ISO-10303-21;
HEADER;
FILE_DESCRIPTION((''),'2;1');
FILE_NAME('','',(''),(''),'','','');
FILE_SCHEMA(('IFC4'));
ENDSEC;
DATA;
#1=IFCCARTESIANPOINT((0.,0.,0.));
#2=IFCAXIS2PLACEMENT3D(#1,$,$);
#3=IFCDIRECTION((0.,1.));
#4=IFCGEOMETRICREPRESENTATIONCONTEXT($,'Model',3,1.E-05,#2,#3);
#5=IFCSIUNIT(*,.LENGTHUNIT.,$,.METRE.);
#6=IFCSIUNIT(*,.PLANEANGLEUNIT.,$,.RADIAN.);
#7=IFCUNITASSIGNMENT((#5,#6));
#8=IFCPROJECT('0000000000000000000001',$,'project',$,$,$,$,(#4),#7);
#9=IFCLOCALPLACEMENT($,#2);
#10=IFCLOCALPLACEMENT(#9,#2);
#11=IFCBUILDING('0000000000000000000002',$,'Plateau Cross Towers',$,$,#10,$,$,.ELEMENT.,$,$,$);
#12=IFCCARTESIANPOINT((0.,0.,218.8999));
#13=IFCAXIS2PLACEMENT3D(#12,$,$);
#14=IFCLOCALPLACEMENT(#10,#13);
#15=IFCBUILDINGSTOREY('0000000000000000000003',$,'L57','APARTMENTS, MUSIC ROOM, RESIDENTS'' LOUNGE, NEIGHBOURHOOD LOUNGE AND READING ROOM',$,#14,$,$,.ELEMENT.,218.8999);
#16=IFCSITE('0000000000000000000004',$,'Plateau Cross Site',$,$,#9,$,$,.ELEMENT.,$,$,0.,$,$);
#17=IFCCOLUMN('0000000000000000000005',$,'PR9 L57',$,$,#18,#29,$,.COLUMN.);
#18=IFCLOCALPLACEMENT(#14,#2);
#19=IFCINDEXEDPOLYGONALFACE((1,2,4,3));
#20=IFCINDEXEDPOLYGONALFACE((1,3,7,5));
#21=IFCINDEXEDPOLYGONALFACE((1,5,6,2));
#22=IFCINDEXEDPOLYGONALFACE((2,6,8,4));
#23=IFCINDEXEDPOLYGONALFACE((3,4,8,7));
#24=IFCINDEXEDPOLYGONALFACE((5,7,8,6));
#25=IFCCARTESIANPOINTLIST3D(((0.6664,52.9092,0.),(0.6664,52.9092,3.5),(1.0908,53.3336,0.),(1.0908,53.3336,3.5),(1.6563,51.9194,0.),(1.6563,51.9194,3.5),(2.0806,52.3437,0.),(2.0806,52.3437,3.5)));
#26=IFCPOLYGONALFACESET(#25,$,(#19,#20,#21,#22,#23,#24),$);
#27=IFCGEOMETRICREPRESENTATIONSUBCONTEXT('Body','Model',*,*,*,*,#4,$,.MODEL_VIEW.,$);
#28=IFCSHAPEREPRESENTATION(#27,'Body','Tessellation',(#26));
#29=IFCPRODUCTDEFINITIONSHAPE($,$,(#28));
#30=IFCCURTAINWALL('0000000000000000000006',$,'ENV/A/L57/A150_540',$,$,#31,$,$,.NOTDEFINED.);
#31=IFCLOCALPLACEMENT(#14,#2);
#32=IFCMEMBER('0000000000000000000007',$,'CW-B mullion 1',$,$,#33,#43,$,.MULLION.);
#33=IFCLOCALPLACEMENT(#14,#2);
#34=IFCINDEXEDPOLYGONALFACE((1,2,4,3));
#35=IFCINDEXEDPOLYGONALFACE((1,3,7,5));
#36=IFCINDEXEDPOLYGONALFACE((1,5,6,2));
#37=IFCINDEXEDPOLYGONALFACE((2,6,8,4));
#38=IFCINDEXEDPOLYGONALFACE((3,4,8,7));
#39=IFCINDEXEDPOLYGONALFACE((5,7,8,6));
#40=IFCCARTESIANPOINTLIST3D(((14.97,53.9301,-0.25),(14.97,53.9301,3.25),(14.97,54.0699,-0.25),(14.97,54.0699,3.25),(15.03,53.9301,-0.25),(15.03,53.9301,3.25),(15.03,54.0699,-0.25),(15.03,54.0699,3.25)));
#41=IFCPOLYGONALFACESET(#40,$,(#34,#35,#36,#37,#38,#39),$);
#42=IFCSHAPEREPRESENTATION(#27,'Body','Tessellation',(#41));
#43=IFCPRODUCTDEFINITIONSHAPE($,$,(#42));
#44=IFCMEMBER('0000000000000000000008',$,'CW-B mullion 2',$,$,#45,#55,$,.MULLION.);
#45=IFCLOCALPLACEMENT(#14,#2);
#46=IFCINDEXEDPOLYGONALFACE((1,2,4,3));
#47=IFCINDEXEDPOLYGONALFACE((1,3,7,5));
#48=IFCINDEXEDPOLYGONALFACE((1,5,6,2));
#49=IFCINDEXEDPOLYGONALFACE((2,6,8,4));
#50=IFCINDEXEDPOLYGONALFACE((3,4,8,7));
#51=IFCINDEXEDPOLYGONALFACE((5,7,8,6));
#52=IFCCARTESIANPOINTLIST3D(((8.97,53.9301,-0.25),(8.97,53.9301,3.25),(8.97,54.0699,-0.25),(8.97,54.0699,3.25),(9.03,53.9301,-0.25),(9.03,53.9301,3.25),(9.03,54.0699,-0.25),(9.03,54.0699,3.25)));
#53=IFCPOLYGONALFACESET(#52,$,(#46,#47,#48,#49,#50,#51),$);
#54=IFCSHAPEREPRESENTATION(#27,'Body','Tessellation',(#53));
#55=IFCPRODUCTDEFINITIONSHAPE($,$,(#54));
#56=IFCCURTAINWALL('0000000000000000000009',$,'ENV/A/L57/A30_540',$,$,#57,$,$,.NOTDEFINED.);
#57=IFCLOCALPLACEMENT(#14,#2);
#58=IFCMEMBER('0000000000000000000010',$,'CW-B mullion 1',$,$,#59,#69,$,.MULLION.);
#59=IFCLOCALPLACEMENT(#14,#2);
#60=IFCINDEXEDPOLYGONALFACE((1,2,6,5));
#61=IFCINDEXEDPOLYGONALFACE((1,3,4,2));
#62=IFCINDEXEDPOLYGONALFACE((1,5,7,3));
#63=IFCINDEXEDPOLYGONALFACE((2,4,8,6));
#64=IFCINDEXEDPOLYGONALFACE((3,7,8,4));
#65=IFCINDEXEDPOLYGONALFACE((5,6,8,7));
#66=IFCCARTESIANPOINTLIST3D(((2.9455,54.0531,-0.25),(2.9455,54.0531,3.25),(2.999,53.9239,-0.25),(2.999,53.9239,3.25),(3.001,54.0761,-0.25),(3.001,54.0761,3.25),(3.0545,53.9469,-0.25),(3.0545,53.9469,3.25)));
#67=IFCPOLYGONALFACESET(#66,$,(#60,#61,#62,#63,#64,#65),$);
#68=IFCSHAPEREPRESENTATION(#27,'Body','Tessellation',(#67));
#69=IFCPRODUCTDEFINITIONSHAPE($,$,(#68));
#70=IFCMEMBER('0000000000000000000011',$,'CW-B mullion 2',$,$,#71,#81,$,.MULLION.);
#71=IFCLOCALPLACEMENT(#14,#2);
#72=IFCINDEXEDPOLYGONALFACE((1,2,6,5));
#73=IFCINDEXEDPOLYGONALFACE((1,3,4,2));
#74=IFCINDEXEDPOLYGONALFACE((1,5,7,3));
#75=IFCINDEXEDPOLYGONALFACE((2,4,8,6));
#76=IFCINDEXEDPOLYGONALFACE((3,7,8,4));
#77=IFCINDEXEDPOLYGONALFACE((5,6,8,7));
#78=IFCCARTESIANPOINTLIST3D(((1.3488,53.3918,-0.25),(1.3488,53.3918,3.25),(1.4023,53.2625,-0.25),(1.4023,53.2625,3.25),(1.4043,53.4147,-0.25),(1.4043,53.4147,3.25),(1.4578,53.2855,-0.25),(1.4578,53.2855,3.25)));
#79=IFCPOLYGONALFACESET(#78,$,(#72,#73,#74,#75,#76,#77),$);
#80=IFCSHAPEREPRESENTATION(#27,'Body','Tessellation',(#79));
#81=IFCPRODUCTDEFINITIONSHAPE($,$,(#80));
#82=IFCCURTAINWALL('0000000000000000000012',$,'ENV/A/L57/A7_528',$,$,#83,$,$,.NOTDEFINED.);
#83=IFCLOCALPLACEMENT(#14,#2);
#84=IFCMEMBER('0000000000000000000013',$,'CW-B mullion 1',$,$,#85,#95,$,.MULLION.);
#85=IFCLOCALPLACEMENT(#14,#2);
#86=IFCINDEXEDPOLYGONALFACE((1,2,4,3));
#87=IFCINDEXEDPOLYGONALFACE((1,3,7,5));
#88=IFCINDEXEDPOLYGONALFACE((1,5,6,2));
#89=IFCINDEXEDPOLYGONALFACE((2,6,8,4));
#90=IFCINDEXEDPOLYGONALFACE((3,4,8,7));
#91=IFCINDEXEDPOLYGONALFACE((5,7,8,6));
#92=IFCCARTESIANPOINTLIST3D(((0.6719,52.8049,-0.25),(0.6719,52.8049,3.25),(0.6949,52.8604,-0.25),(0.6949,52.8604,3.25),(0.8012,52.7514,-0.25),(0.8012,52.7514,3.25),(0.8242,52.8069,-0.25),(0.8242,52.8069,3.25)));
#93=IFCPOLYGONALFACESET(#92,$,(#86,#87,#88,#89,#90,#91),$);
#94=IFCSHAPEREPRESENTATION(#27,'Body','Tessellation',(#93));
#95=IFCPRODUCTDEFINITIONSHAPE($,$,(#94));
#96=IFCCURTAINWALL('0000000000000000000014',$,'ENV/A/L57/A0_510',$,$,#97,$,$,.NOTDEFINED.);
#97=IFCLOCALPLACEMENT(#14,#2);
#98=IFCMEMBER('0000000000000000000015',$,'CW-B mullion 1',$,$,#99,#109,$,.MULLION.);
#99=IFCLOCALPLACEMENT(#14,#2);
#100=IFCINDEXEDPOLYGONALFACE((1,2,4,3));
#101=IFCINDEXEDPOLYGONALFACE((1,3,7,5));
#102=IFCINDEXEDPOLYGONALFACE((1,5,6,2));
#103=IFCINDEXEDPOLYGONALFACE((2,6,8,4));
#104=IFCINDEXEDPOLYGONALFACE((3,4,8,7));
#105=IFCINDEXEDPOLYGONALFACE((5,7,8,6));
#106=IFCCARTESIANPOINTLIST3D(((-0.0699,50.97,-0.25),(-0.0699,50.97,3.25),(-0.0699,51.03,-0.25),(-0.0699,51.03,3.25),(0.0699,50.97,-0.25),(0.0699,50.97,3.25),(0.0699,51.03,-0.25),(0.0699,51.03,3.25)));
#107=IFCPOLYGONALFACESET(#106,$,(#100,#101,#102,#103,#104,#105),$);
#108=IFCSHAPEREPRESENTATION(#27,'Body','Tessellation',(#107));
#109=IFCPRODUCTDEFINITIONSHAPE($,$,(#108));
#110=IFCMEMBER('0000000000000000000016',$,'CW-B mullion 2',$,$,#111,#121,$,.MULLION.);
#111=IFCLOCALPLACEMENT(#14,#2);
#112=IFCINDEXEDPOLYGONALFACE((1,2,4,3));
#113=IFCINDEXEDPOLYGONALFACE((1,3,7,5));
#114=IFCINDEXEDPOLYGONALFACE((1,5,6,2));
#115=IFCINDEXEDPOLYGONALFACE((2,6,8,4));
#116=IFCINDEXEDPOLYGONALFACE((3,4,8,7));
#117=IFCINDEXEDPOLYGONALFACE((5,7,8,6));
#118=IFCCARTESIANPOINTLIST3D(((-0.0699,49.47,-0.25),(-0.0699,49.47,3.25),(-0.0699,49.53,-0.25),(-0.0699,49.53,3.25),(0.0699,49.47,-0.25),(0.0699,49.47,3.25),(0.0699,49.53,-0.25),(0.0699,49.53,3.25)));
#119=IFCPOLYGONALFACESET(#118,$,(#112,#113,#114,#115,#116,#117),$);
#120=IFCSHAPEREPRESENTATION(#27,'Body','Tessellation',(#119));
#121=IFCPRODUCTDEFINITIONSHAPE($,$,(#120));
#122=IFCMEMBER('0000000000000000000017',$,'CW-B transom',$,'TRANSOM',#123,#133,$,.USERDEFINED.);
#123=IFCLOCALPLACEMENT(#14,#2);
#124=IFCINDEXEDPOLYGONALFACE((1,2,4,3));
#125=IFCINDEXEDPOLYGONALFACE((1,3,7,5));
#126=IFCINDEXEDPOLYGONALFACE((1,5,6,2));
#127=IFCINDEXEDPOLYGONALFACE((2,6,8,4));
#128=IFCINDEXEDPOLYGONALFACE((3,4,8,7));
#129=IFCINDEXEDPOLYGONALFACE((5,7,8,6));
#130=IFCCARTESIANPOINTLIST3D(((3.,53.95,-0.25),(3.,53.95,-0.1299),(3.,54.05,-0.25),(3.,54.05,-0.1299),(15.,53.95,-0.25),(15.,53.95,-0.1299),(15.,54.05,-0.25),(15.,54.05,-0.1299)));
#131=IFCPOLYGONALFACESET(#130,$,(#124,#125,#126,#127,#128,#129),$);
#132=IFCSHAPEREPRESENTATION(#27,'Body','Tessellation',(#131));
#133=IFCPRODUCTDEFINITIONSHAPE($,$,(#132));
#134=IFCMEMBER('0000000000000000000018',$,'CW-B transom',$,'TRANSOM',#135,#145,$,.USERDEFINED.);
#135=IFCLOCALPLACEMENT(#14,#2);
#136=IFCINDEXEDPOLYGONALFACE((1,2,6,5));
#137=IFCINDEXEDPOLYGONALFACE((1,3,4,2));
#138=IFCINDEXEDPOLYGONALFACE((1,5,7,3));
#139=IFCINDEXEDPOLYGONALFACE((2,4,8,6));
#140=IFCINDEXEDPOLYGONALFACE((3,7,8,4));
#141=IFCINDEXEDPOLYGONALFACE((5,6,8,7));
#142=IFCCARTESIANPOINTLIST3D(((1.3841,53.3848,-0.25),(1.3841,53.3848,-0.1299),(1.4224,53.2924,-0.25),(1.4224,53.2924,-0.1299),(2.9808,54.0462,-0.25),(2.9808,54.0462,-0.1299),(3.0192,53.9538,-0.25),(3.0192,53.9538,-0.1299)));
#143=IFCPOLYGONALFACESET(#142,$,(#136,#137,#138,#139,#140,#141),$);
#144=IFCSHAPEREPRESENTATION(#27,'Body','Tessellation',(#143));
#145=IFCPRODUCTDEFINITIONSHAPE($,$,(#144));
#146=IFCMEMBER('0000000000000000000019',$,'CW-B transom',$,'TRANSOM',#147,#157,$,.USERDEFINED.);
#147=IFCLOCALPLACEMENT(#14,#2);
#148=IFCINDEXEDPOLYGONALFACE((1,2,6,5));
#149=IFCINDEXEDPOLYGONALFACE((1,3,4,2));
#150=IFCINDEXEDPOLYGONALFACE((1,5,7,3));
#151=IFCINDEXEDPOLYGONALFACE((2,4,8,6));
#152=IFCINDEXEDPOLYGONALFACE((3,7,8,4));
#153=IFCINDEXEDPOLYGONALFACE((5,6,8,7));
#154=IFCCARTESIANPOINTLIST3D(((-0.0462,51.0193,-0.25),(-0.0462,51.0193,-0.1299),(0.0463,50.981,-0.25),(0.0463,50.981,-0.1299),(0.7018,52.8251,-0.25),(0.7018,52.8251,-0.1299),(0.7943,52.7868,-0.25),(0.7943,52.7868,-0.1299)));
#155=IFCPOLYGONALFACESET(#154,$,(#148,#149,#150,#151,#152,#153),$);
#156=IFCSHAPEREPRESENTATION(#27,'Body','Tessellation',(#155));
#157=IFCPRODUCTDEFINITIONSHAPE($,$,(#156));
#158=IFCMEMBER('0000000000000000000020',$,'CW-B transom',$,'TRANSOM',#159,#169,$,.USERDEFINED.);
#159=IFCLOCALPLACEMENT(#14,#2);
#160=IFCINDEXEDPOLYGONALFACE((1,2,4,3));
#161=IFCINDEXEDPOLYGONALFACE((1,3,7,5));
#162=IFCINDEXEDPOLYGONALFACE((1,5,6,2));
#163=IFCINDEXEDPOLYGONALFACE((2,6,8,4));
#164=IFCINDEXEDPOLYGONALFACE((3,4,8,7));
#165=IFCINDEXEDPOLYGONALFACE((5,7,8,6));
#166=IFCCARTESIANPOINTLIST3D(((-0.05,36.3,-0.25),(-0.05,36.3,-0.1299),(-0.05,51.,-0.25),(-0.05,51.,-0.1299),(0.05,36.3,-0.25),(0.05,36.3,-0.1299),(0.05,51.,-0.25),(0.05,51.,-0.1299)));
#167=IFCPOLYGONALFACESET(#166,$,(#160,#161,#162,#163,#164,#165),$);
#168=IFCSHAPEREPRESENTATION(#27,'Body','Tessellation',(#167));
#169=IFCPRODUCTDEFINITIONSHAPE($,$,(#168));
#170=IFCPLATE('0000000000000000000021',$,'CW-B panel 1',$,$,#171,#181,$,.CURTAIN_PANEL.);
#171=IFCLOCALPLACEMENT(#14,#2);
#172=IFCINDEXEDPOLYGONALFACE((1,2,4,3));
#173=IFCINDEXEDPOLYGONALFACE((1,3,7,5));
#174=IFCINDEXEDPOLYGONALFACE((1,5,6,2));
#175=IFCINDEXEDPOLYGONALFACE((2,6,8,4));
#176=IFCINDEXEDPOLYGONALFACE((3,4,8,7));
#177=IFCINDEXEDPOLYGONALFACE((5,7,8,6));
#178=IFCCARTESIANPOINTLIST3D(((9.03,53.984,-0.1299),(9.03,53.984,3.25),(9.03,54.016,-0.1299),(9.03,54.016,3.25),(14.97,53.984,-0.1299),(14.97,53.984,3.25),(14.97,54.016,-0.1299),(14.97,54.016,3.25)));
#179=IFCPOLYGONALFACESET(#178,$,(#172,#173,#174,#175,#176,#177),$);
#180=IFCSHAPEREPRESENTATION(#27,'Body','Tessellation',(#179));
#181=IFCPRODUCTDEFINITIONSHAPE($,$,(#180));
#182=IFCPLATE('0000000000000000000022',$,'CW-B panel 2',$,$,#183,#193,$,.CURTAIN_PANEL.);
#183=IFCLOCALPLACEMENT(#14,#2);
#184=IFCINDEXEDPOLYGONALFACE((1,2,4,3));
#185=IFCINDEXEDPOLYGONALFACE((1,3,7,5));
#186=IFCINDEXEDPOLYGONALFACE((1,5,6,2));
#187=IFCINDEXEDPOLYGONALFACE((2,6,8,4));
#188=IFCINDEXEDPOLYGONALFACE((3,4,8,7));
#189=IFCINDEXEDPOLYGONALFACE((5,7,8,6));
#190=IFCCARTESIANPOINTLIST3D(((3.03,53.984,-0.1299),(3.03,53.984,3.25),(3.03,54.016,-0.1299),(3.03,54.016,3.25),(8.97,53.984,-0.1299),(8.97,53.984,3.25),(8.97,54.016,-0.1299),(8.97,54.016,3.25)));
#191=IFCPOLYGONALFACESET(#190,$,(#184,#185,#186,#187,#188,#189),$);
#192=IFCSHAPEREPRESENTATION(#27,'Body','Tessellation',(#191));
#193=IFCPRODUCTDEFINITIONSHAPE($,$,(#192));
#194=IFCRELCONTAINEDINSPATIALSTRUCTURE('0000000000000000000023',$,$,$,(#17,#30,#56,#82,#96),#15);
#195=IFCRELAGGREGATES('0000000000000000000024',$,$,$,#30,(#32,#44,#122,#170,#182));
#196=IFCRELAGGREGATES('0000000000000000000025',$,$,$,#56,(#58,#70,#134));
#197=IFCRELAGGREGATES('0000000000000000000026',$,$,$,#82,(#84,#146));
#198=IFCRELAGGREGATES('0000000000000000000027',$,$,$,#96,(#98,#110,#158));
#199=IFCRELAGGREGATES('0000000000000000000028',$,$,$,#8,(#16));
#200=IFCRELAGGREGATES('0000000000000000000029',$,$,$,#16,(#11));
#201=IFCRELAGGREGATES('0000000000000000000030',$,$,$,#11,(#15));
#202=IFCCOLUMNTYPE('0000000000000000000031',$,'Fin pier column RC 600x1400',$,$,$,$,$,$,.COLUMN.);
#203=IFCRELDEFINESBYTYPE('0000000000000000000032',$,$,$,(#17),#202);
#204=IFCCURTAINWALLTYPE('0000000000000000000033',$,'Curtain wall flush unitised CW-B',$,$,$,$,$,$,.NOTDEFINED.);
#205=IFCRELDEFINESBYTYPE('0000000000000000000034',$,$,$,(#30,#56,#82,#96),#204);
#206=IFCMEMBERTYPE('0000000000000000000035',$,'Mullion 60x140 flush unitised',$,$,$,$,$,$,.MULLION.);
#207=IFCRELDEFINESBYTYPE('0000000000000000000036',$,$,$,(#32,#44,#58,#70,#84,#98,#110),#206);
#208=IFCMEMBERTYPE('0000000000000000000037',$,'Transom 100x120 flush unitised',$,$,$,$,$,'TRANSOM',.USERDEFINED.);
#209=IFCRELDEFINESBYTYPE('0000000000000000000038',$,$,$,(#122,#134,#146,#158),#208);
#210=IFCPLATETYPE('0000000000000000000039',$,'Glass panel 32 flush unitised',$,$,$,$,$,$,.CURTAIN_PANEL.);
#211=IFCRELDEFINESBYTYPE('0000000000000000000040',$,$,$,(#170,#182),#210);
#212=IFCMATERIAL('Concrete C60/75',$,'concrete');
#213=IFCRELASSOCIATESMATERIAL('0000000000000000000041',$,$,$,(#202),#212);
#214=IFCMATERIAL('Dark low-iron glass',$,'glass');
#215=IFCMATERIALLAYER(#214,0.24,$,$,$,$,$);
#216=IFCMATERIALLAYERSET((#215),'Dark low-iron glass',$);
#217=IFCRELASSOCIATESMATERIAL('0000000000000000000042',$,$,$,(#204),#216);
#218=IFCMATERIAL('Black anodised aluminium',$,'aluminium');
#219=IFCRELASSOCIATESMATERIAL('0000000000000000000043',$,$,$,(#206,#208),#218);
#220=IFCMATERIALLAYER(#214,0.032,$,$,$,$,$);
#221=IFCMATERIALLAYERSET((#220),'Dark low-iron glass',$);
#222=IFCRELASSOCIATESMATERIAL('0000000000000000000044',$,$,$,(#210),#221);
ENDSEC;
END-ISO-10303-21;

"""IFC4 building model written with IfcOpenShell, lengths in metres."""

from ifc_helpers import new_model, si_unit, direction, frame, origin, origin_2d, place, context, subcontext, project, spatial, rectangle, extrude, material, layer, layer_set, material_profile, profile_set, type_object, element, aggregate, save


model = new_model("IFC4")

# Units and contexts
model_context = context("Model", 3, precision=1e-05, world=origin(), true_north=direction((0.0, 1.0)))
body_context = subcontext(model_context, "Body", "Model", "MODEL_VIEW")
ifc_project = project(units=[si_unit("LENGTHUNIT", "METRE"), si_unit("PLANEANGLEUNIT", "RADIAN")], contexts=[model_context])

# Site, building, storey
site_placement = place(None, origin())
site = spatial("IfcSite", under=ifc_project, at=site_placement, Name="Plateau Cross Site", CompositionType="ELEMENT", RefElevation=0.0)
building_placement = place(site_placement, origin())
building = spatial("IfcBuilding", under=site, at=building_placement, Name="Plateau Cross Towers", CompositionType="ELEMENT")
storey_placement = place(building_placement, frame((0.0, 0.0, 218.8999)))
storey = spatial("IfcBuildingStorey", under=building, at=storey_placement, Name="L57", Description="APARTMENTS, MUSIC ROOM, RESIDENTS' LOUNGE, NEIGHBOURHOOD LOUNGE AND READING ROOM", CompositionType="ELEMENT", Elevation=218.8999)

# Column
ifc_material_1 = material(Name="Concrete C60/75", Category="concrete")
ifc_material_profile_1 = material_profile(ifc_material_1, rectangle(XDim=0.6001, YDim=1.3999, at=origin_2d()), Name="RC 600x1400")
ifc_profile_set_1 = profile_set([ifc_material_profile_1], Name="Concrete C60/75")
column_type = type_object("IfcColumnType", Name="Fin pier column RC 600x1400", PredefinedType="COLUMN", material=ifc_profile_set_1)
column_placement = place(storey_placement, frame((1.3735, 52.6265, 0.0), z_axis=(0.0, 0.0, 1.0), x_axis=(0.707107, 0.707107, 0.0)))
element("IfcColumn", 1, at=column_placement, inside=storey, type_object=column_type, Name="PR9 L57", PredefinedType="COLUMN", context=body_context, shape_type="SweptSolid", body=[
    extrude(rectangle(XDim=0.6001, YDim=1.3999, at=origin_2d()), origin(), (0.0, 0.0, 1.0), 3.5),
])

# Curtain walls, members
ifc_material_2 = material(Name="Dark low-iron glass", Category="glass")
ifc_layer_1 = layer(ifc_material_2, 0.24)
ifc_layer_set_1 = layer_set([ifc_layer_1], Name="Dark low-iron glass")
curtain_wall_type = type_object("IfcCurtainWallType", Name="Curtain wall flush unitised CW-B", PredefinedType="NOTDEFINED", material=ifc_layer_set_1)
curtain_wall_1_placement = place(storey_placement, origin())
curtain_wall_1 = element("IfcCurtainWall", 2, at=curtain_wall_1_placement, inside=storey, type_object=curtain_wall_type, Name="ENV/A/L57/A150_540", PredefinedType="NOTDEFINED")
ifc_material_3 = material(Name="Black anodised aluminium", Category="aluminium")
ifc_material_profile_2 = material_profile(ifc_material_3, rectangle(XDim=0.0601, YDim=0.1399, at=origin_2d()), Name="MULLION 60x140")
ifc_profile_set_2 = profile_set([ifc_material_profile_2], Name="Black anodised aluminium")
member_type_1 = type_object("IfcMemberType", Name="Mullion 60x140 flush unitised", PredefinedType="MULLION", material=ifc_profile_set_2)
member_1_placement = place(storey_placement, frame((15.0, 54.0, -0.25), z_axis=(0.0, 0.0, 1.0), x_axis=(-1.0, 0.0, 0.0)))
member_1 = element("IfcMember", 3, at=member_1_placement, type_object=member_type_1, Name="CW-B mullion 1", PredefinedType="MULLION", context=body_context, shape_type="SweptSolid", body=[
    extrude(rectangle(XDim=0.0601, YDim=0.1399, at=origin_2d()), origin(), (0.0, 0.0, 1.0), 3.5),
])
member_2_placement = place(storey_placement, frame((9.0, 54.0, -0.25), z_axis=(0.0, 0.0, 1.0), x_axis=(-1.0, 0.0, 0.0)))
member_2 = element("IfcMember", 4, at=member_2_placement, type_object=member_type_1, Name="CW-B mullion 2", PredefinedType="MULLION", context=body_context, shape_type="SweptSolid", body=[
    extrude(rectangle(XDim=0.0601, YDim=0.1399, at=origin_2d()), origin(), (0.0, 0.0, 1.0), 3.5),
])
curtain_wall_2_placement = place(storey_placement, origin())
curtain_wall_2 = element("IfcCurtainWall", 5, at=curtain_wall_2_placement, inside=storey, type_object=curtain_wall_type, Name="ENV/A/L57/A30_540", PredefinedType="NOTDEFINED")
member_3_placement = place(storey_placement, frame((3.0, 54.0, -0.25), z_axis=(0.0, 0.0, 1.0), x_axis=(-0.923879, -0.382684, 0.0)))
member_3 = element("IfcMember", 6, at=member_3_placement, type_object=member_type_1, Name="CW-B mullion 1", PredefinedType="MULLION", context=body_context, shape_type="SweptSolid", body=[
    extrude(rectangle(XDim=0.0601, YDim=0.1399, at=origin_2d()), origin(), (0.0, 0.0, 1.0), 3.5),
])
member_4_placement = place(storey_placement, frame((1.4033, 53.3386, -0.25), z_axis=(0.0, 0.0, 1.0), x_axis=(-0.923879, -0.382684, 0.0)))
member_4 = element("IfcMember", 7, at=member_4_placement, type_object=member_type_1, Name="CW-B mullion 2", PredefinedType="MULLION", context=body_context, shape_type="SweptSolid", body=[
    extrude(rectangle(XDim=0.0601, YDim=0.1399, at=origin_2d()), origin(), (0.0, 0.0, 1.0), 3.5),
])

# Curtain wall, member
curtain_wall_3_placement = place(storey_placement, origin())
curtain_wall_3 = element("IfcCurtainWall", 8, at=curtain_wall_3_placement, inside=storey, type_object=curtain_wall_type, Name="ENV/A/L57/A7_528", PredefinedType="NOTDEFINED")
member_5_placement = place(storey_placement, frame((0.748, 52.8059, -0.25), z_axis=(0.0, 0.0, 1.0), x_axis=(-0.382684, -0.923879, 0.0)))
member_5 = element("IfcMember", 9, at=member_5_placement, type_object=member_type_1, Name="CW-B mullion 1", PredefinedType="MULLION", context=body_context, shape_type="SweptSolid", body=[
    extrude(rectangle(XDim=0.0601, YDim=0.1399, at=origin_2d()), origin(), (0.0, 0.0, 1.0), 3.5),
])

# Curtain wall, members
curtain_wall_4_placement = place(storey_placement, origin())
curtain_wall_4 = element("IfcCurtainWall", 10, at=curtain_wall_4_placement, inside=storey, type_object=curtain_wall_type, Name="ENV/A/L57/A0_510", PredefinedType="NOTDEFINED")
member_6_placement = place(storey_placement, frame((0.0, 51.0, -0.25), z_axis=(0.0, 0.0, 1.0), x_axis=(0.0, -1.0, 0.0)))
member_6 = element("IfcMember", 11, at=member_6_placement, type_object=member_type_1, Name="CW-B mullion 1", PredefinedType="MULLION", context=body_context, shape_type="SweptSolid", body=[
    extrude(rectangle(XDim=0.0601, YDim=0.1399, at=origin_2d()), origin(), (0.0, 0.0, 1.0), 3.5),
])
member_7_placement = place(storey_placement, frame((0.0, 49.5, -0.25), z_axis=(0.0, 0.0, 1.0), x_axis=(0.0, -1.0, 0.0)))
member_7 = element("IfcMember", 12, at=member_7_placement, type_object=member_type_1, Name="CW-B mullion 2", PredefinedType="MULLION", context=body_context, shape_type="SweptSolid", body=[
    extrude(rectangle(XDim=0.0601, YDim=0.1399, at=origin_2d()), origin(), (0.0, 0.0, 1.0), 3.5),
])

# Members
ifc_material_profile_3 = material_profile(ifc_material_3, rectangle(XDim=0.1001, YDim=0.1201, at=origin_2d()), Name="TRANSOM 100x120")
ifc_profile_set_3 = profile_set([ifc_material_profile_3], Name="Black anodised aluminium")
member_type_2 = type_object("IfcMemberType", Name="Transom 100x120 flush unitised", ElementType="TRANSOM", PredefinedType="USERDEFINED", material=ifc_profile_set_3)
member_8_placement = place(storey_placement, frame((15.0, 54.0, -0.1899), z_axis=(-1.0, 0.0, 0.0), x_axis=(0.0, -1.0, 0.0)))
member_8 = element("IfcMember", 13, at=member_8_placement, type_object=member_type_2, Name="CW-B transom", ObjectType="TRANSOM", PredefinedType="USERDEFINED", context=body_context, shape_type="SweptSolid", body=[
    extrude(rectangle(XDim=0.1001, YDim=0.1201, at=origin_2d()), origin(), (0.0, 0.0, 1.0), 12.0),
])
member_9_placement = place(storey_placement, frame((3.0, 54.0, -0.1899), z_axis=(-0.923877, -0.382689, 0.0), x_axis=(0.382689, -0.923877, 0.0)))
member_9 = element("IfcMember", 14, at=member_9_placement, type_object=member_type_2, Name="CW-B transom", ObjectType="TRANSOM", PredefinedType="USERDEFINED", context=body_context, shape_type="SweptSolid", body=[
    extrude(rectangle(XDim=0.1001, YDim=0.1201, at=origin_2d()), origin(), (0.0, 0.0, 1.0), 1.7283),
])
member_10_placement = place(storey_placement, frame((0.748, 52.8059, -0.1899), z_axis=(-0.38269, -0.923877, 0.0), x_axis=(0.923877, -0.38269, 0.0)))
member_10 = element("IfcMember", 15, at=member_10_placement, type_object=member_type_2, Name="CW-B transom", ObjectType="TRANSOM", PredefinedType="USERDEFINED", context=body_context, shape_type="SweptSolid", body=[
    extrude(rectangle(XDim=0.1001, YDim=0.1201, at=origin_2d()), origin(), (0.0, 0.0, 1.0), 1.9546),
])
member_11_placement = place(storey_placement, frame((0.0, 51.0, -0.1899), z_axis=(0.0, -1.0, 0.0), x_axis=(1.0, 0.0, 0.0)))
member_11 = element("IfcMember", 16, at=member_11_placement, type_object=member_type_2, Name="CW-B transom", ObjectType="TRANSOM", PredefinedType="USERDEFINED", context=body_context, shape_type="SweptSolid", body=[
    extrude(rectangle(XDim=0.1001, YDim=0.1201, at=origin_2d()), origin(), (0.0, 0.0, 1.0), 14.7),
])

# Plates
ifc_layer_2 = layer(ifc_material_2, 0.032)
ifc_layer_set_2 = layer_set([ifc_layer_2], Name="Dark low-iron glass")
plate_type = type_object("IfcPlateType", Name="Glass panel 32 flush unitised", PredefinedType="CURTAIN_PANEL", material=ifc_layer_set_2)
plate_1_placement = place(storey_placement, frame((12.0, 54.0, -0.1299), z_axis=(0.0, 0.0, 1.0), x_axis=(-1.0, 0.0, 0.0)))
plate_1 = element("IfcPlate", 17, at=plate_1_placement, type_object=plate_type, Name="CW-B panel 1", PredefinedType="CURTAIN_PANEL", context=body_context, shape_type="SweptSolid", body=[
    extrude(rectangle(XDim=5.9399, YDim=0.032, at=origin_2d()), origin(), (0.0, 0.0, 1.0), 3.3799),
])
plate_2_placement = place(storey_placement, frame((6.0, 54.0, -0.1299), z_axis=(0.0, 0.0, 1.0), x_axis=(-1.0, 0.0, 0.0)))
plate_2 = element("IfcPlate", 18, at=plate_2_placement, type_object=plate_type, Name="CW-B panel 2", PredefinedType="CURTAIN_PANEL", context=body_context, shape_type="SweptSolid", body=[
    extrude(rectangle(XDim=5.9399, YDim=0.032, at=origin_2d()), origin(), (0.0, 0.0, 1.0), 3.3799),
])
aggregate(curtain_wall_1, [member_1, member_2, member_8, plate_1, plate_2])
aggregate(curtain_wall_2, [member_3, member_4, member_9])
aggregate(curtain_wall_3, [member_5, member_10])
aggregate(curtain_wall_4, [member_6, member_7, member_11])

save(model, "model.ifc")
